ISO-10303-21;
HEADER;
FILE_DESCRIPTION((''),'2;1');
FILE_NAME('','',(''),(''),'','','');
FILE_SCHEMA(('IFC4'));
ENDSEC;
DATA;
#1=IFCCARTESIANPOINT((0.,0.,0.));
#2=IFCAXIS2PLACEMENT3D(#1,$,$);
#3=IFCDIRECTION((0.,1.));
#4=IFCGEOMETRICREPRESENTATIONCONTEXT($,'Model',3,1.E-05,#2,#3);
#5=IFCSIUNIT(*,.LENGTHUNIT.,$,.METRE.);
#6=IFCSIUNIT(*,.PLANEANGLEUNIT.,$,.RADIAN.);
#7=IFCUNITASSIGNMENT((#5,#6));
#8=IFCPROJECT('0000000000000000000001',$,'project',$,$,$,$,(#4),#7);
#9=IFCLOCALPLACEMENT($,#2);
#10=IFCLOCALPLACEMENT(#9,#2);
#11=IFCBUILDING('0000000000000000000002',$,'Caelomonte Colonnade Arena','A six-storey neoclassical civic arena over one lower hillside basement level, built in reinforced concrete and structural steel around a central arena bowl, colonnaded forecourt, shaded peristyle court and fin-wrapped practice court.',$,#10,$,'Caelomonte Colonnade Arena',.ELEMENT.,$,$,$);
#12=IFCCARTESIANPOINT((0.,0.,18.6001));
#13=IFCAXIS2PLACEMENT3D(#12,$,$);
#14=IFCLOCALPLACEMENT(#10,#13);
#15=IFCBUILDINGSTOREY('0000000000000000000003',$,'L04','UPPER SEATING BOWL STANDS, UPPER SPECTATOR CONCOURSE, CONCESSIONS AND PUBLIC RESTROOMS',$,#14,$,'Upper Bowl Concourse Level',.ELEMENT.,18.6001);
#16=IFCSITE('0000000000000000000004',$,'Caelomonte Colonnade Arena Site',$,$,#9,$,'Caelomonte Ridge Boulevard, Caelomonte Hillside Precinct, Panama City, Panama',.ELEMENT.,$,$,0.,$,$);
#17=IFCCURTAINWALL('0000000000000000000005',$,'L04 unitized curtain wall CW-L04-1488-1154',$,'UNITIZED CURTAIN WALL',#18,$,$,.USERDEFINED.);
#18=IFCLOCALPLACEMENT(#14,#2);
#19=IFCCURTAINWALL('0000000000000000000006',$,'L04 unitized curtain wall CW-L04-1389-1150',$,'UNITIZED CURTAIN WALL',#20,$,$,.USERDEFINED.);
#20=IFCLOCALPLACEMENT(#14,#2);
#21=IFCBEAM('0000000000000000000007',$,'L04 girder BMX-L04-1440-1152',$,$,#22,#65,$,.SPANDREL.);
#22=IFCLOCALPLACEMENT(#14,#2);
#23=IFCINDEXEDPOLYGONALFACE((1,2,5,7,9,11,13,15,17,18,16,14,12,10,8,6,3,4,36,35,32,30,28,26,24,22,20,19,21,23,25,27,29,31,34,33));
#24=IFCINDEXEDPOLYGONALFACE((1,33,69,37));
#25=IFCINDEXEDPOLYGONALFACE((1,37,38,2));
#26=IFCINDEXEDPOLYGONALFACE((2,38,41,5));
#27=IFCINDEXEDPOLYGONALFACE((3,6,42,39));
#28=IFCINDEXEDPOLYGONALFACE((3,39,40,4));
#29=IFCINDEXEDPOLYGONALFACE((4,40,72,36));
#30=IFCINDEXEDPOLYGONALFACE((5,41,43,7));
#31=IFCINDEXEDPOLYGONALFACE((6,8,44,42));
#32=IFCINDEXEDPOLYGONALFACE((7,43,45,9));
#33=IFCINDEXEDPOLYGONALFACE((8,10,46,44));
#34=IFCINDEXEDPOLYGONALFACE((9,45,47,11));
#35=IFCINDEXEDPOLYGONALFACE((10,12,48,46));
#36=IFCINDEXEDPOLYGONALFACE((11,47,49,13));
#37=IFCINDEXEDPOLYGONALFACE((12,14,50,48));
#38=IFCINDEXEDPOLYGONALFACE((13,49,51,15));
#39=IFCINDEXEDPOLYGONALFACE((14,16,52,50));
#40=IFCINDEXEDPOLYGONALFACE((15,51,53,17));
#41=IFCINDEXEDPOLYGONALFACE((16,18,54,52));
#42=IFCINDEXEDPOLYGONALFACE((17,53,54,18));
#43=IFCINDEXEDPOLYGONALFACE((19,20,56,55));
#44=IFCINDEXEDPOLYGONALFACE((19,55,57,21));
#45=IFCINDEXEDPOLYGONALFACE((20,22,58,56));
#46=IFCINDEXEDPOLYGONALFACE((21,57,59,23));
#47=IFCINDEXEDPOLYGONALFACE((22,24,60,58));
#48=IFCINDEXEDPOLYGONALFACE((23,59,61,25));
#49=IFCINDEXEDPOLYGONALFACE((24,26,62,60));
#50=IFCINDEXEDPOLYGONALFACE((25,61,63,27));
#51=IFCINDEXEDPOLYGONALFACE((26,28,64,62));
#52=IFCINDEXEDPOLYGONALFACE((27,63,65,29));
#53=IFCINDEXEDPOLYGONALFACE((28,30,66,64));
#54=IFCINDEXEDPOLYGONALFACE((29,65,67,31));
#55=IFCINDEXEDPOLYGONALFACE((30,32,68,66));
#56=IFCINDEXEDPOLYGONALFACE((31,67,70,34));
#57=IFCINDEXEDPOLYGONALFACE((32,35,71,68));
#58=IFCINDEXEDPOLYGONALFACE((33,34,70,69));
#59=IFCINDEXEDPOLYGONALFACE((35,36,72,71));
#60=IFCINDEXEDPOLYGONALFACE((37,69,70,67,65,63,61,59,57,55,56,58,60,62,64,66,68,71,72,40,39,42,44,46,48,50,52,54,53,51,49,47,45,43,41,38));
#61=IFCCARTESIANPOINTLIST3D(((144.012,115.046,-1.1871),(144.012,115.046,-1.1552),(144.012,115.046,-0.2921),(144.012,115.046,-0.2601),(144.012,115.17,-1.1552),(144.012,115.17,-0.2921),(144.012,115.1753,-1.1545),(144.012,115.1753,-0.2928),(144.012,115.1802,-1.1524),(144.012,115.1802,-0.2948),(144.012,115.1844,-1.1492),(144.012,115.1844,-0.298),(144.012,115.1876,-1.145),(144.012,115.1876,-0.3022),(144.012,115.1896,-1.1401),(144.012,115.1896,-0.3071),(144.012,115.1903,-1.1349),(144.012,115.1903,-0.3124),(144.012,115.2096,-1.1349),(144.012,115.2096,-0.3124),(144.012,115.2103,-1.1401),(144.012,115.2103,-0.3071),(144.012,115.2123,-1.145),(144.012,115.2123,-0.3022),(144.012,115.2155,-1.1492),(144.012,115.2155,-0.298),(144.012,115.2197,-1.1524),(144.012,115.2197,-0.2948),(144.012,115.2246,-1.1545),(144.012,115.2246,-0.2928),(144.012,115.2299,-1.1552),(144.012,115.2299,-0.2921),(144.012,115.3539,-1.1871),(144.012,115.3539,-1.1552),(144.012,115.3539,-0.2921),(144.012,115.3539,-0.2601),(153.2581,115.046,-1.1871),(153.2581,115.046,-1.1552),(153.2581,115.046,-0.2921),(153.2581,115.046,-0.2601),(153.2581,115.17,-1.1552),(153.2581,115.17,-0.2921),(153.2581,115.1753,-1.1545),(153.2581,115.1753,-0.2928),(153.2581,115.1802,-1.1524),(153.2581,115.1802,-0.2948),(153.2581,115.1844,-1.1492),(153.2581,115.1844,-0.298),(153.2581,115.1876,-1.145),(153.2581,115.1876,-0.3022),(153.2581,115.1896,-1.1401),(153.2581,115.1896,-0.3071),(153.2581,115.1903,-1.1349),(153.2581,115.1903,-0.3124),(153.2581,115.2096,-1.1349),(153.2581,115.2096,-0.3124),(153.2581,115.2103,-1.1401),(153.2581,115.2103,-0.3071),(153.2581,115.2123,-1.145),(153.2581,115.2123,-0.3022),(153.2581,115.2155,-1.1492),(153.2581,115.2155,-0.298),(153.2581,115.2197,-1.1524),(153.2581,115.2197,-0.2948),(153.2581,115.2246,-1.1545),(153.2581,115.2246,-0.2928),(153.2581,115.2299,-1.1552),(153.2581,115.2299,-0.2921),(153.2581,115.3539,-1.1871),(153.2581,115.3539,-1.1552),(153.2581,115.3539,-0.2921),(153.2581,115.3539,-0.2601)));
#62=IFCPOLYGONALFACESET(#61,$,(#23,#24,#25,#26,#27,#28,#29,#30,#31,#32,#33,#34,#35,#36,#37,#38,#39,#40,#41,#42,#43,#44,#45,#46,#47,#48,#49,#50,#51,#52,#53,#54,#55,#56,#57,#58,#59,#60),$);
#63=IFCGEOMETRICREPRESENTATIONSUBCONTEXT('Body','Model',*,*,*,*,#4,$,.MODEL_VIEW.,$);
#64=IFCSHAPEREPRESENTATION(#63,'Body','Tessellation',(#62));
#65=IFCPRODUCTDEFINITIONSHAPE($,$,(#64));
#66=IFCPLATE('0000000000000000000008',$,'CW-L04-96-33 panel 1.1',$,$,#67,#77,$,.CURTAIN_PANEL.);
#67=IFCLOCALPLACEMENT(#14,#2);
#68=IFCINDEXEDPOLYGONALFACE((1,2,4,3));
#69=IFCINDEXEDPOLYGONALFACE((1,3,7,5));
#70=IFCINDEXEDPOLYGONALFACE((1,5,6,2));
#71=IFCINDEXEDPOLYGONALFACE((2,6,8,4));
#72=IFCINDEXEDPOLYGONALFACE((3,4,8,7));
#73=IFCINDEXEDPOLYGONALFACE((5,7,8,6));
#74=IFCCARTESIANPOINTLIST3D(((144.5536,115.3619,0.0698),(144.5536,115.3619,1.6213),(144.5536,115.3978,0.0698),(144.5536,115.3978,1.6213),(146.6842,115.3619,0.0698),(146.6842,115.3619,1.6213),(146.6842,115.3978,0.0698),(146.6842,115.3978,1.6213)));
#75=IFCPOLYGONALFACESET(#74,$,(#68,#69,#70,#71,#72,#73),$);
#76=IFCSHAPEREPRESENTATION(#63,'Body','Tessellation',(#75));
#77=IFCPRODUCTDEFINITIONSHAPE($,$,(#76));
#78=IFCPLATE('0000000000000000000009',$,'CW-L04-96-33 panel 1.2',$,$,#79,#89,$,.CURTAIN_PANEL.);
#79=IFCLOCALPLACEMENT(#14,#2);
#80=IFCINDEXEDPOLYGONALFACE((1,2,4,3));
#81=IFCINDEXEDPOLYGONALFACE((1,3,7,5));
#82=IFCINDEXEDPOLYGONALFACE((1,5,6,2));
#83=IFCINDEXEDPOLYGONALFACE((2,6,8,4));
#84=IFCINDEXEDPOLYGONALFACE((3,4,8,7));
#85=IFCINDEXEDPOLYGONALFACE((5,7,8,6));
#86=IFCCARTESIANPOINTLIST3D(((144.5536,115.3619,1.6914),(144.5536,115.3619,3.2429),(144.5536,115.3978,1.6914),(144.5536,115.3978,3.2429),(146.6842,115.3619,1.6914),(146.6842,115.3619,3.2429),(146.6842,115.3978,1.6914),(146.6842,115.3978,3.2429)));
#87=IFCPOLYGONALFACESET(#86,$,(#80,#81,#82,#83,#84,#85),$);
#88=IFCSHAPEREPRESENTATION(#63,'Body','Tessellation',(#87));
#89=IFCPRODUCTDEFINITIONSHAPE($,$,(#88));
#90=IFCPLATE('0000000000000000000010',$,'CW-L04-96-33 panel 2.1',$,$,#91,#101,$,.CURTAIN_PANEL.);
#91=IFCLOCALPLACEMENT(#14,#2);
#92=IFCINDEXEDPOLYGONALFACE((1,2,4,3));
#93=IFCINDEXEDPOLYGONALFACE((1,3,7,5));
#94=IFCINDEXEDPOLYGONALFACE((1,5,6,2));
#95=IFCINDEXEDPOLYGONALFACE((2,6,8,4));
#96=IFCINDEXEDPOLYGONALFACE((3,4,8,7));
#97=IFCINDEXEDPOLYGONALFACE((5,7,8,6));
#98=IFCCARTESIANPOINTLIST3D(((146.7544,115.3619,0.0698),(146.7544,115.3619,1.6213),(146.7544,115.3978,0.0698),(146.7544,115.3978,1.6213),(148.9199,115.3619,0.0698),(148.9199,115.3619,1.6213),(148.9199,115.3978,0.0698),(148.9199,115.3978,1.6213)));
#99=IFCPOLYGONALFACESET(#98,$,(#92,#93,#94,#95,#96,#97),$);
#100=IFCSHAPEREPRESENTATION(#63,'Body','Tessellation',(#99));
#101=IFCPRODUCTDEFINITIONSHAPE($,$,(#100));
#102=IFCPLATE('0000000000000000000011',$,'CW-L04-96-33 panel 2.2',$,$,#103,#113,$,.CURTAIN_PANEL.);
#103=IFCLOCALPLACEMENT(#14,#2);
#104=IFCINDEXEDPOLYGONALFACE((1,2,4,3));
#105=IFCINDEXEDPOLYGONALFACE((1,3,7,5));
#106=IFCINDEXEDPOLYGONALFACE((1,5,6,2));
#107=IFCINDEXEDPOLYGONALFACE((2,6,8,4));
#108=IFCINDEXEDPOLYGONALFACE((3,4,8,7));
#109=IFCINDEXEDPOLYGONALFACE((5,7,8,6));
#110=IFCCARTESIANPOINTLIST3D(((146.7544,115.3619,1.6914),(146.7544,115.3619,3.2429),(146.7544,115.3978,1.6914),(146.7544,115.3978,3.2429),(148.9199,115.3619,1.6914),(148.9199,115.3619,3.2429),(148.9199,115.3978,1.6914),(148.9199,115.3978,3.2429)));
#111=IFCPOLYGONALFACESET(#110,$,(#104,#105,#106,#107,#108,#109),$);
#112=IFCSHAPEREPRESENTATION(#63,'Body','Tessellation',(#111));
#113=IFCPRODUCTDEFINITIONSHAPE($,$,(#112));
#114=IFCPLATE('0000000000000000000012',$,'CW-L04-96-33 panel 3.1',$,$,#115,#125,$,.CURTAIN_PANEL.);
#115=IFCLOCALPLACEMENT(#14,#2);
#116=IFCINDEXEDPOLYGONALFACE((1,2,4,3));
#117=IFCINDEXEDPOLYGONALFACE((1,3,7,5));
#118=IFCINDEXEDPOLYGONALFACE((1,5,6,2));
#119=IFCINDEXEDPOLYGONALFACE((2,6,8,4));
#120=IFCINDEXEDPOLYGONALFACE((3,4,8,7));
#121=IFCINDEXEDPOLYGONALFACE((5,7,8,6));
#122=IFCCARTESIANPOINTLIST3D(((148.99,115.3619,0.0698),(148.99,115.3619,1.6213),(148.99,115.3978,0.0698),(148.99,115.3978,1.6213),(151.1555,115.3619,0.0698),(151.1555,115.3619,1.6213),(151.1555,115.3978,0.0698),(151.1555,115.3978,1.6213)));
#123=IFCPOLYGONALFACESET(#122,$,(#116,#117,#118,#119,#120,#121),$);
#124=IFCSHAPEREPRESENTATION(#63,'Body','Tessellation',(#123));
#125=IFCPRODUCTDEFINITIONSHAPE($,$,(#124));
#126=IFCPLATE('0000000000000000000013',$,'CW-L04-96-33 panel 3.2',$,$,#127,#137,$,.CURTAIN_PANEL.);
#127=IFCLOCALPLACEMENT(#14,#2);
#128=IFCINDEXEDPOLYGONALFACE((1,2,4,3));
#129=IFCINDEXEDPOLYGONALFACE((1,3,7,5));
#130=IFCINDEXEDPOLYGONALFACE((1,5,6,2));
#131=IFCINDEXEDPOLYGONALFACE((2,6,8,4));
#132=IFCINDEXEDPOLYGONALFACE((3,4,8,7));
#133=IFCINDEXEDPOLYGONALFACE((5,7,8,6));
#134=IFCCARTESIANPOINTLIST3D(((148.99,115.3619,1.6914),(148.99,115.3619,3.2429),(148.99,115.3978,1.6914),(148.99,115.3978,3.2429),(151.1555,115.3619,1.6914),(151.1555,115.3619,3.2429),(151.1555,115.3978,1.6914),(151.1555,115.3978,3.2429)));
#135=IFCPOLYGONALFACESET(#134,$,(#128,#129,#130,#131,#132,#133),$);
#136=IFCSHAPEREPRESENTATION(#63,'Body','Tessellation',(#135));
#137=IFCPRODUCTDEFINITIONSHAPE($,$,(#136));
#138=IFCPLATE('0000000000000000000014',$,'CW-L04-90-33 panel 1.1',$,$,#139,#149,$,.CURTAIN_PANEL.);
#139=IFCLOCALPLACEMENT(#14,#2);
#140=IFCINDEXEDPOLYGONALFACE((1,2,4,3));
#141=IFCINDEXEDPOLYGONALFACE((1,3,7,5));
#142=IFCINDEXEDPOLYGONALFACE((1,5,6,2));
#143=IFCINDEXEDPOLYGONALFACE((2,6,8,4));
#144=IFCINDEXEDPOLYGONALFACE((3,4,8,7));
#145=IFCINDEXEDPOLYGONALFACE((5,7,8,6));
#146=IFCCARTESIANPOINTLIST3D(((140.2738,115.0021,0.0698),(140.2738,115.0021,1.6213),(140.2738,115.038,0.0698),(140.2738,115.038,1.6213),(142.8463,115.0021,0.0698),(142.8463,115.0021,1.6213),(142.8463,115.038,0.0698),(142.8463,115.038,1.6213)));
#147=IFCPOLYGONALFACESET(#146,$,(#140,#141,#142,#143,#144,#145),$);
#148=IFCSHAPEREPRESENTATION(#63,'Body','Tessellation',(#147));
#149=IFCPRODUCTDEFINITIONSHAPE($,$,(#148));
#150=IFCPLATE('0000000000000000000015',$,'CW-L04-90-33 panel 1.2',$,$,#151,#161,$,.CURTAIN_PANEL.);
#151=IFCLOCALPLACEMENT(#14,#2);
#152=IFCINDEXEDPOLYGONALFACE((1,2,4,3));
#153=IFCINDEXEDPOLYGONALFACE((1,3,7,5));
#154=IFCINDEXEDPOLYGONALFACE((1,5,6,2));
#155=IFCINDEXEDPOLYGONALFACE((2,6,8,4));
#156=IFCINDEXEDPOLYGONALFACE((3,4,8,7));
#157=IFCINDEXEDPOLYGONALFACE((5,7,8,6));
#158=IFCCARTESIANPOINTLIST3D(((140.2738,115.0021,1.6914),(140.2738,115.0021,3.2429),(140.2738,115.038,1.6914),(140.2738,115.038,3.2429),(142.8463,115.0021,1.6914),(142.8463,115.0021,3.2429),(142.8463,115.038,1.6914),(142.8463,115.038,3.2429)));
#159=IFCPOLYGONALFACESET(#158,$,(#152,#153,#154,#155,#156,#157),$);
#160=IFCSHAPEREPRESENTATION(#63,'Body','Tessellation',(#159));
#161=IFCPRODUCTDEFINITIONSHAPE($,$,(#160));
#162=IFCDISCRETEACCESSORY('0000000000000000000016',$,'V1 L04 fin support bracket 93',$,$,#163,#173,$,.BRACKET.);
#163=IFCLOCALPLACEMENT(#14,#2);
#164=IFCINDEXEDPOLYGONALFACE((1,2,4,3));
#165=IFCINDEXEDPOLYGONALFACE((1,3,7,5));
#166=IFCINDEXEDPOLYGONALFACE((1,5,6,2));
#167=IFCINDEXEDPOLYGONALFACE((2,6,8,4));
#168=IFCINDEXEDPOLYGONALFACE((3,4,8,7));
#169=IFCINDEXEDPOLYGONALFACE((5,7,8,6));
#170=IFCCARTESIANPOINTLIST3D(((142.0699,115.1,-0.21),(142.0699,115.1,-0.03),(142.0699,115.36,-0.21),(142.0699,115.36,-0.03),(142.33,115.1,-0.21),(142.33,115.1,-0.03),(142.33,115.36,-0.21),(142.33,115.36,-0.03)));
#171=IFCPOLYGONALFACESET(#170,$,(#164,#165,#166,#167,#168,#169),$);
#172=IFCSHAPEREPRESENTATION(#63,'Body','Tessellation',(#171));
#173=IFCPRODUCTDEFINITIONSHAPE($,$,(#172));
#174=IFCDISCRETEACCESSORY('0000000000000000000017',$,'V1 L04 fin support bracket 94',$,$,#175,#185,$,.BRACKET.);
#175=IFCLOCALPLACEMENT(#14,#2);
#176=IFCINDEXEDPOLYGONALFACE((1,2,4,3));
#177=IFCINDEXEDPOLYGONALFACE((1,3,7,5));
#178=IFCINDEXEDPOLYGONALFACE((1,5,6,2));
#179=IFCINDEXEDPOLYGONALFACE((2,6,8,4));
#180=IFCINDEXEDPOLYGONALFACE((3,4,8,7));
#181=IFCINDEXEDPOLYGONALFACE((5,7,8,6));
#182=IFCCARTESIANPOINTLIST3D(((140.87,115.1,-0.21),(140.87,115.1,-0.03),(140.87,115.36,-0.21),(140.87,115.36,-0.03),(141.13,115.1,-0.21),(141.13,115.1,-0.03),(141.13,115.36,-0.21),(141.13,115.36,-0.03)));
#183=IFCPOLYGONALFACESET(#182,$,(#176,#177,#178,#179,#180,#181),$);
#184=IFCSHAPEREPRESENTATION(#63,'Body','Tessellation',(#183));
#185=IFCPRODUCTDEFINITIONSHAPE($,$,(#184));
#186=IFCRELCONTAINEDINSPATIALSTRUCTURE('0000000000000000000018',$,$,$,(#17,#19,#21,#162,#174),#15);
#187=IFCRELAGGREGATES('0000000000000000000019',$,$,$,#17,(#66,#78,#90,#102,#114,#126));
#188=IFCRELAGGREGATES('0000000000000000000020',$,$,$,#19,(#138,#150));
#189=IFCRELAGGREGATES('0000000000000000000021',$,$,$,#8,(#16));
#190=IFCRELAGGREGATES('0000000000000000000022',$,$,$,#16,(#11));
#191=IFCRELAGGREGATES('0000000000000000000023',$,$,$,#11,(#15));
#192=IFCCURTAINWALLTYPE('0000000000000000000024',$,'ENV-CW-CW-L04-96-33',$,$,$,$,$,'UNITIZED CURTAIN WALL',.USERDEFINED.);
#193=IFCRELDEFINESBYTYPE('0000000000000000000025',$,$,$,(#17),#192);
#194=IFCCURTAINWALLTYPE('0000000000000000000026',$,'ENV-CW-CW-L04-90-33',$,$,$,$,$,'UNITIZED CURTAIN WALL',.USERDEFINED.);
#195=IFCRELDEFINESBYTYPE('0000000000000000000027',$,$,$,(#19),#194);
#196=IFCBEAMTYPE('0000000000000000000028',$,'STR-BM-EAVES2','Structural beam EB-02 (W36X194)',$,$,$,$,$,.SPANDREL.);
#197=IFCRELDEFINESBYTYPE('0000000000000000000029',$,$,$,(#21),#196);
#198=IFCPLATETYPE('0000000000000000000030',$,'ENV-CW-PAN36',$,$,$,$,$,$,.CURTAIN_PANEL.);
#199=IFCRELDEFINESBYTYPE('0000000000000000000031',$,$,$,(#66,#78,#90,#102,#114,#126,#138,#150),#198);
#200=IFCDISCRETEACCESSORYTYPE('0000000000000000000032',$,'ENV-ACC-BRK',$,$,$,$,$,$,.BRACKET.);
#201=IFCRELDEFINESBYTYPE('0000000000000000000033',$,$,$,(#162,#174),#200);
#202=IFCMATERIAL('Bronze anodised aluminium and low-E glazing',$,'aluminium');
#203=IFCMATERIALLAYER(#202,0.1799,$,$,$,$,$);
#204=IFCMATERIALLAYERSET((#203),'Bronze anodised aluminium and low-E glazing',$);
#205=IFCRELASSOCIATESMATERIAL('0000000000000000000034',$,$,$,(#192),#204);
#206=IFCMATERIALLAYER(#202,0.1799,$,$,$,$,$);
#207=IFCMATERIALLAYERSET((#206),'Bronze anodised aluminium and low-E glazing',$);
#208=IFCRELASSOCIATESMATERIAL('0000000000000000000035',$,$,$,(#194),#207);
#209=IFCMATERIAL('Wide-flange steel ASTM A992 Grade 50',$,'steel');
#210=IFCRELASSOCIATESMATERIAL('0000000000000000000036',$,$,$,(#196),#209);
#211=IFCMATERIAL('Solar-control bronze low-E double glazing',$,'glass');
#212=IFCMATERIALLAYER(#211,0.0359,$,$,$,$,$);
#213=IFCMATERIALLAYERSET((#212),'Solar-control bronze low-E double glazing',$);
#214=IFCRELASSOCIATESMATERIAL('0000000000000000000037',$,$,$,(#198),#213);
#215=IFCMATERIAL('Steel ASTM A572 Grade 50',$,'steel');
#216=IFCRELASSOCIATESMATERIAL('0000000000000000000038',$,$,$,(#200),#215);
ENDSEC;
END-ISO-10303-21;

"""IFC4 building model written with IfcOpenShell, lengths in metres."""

from ifc_helpers import new_model, si_unit, direction, frame, origin, origin_2d, place, context, subcontext, project, spatial, rectangle, i_section, extrude, material, layer, layer_set, material_profile, profile_set, type_object, element, aggregate, save


model = new_model("IFC4")

# Units and contexts
model_context = context("Model", 3, precision=1e-05, world=origin(), true_north=direction((0.0, 1.0)))
body_context = subcontext(model_context, "Body", "Model", "MODEL_VIEW")
ifc_project = project(units=[si_unit("LENGTHUNIT", "METRE"), si_unit("PLANEANGLEUNIT", "RADIAN")], contexts=[model_context])

# Site, building, storey
site_placement = place(None, origin())
site = spatial("IfcSite", under=ifc_project, at=site_placement, Name="Caelomonte Colonnade Arena Site", LongName="Caelomonte Ridge Boulevard, Caelomonte Hillside Precinct, Panama City, Panama", CompositionType="ELEMENT", RefElevation=0.0)
building_placement = place(site_placement, origin())
building = spatial("IfcBuilding", under=site, at=building_placement, Name="Caelomonte Colonnade Arena", Description="A six-storey neoclassical civic arena over one lower hillside basement level, built in reinforced concrete and structural steel around a central arena bowl, colonnaded forecourt, shaded peristyle court and fin-wrapped practice court.", LongName="Caelomonte Colonnade Arena", CompositionType="ELEMENT")
storey_placement = place(building_placement, frame((0.0, 0.0, 18.6001)))
storey = spatial("IfcBuildingStorey", under=building, at=storey_placement, Name="L04", Description="UPPER SEATING BOWL STANDS, UPPER SPECTATOR CONCOURSE, CONCESSIONS AND PUBLIC RESTROOMS", LongName="Upper Bowl Concourse Level", CompositionType="ELEMENT", Elevation=18.6001)

# Shared definitions
ifc_material_1 = material(Name="Wide-flange steel ASTM A992 Grade 50", Category="steel")

# Curtain walls
ifc_material_2 = material(Name="Bronze anodised aluminium and low-E glazing", Category="aluminium")
ifc_layer_1 = layer(ifc_material_2, 0.1799)
ifc_layer_set_1 = layer_set([ifc_layer_1], Name="Bronze anodised aluminium and low-E glazing")
curtain_wall_type_1 = type_object("IfcCurtainWallType", Name="ENV-CW-CW-L04-96-33", ElementType="UNITIZED CURTAIN WALL", PredefinedType="USERDEFINED", material=ifc_layer_set_1)
curtain_wall_1_placement = place(storey_placement, origin())
curtain_wall_1 = element("IfcCurtainWall", 1, at=curtain_wall_1_placement, inside=storey, type_object=curtain_wall_type_1, Name="L04 unitized curtain wall CW-L04-1488-1154", ObjectType="UNITIZED CURTAIN WALL", PredefinedType="USERDEFINED")
ifc_layer_2 = layer(ifc_material_2, 0.1799)
ifc_layer_set_2 = layer_set([ifc_layer_2], Name="Bronze anodised aluminium and low-E glazing")
curtain_wall_type_2 = type_object("IfcCurtainWallType", Name="ENV-CW-CW-L04-90-33", ElementType="UNITIZED CURTAIN WALL", PredefinedType="USERDEFINED", material=ifc_layer_set_2)
curtain_wall_2_placement = place(storey_placement, origin())
curtain_wall_2 = element("IfcCurtainWall", 2, at=curtain_wall_2_placement, inside=storey, type_object=curtain_wall_type_2, Name="L04 unitized curtain wall CW-L04-1389-1150", ObjectType="UNITIZED CURTAIN WALL", PredefinedType="USERDEFINED")

# Beam
ifc_material_profile_1 = material_profile(ifc_material_1, i_section(OverallWidth=0.3079, OverallDepth=0.927, WebThickness=0.0193, FlangeThickness=0.032, FilletRadius=0.0203, at=origin_2d()), Name="W36X194")
ifc_profile_set_1 = profile_set([ifc_material_profile_1], Name="Wide-flange steel ASTM A992 Grade 50")
beam_type = type_object("IfcBeamType", Name="STR-BM-EAVES2", Description="Structural beam EB-02 (W36X194)", PredefinedType="SPANDREL", material=ifc_profile_set_1)
beam_placement = place(storey_placement, frame((144.012, 115.2, -0.7236), z_axis=(1.0, 0.0, 0.0), x_axis=(0.0, 1.0, 0.0)))
element("IfcBeam", 3, at=beam_placement, inside=storey, type_object=beam_type, Name="L04 girder BMX-L04-1440-1152", PredefinedType="SPANDREL", context=body_context, shape_type="SweptSolid", body=[
    extrude(i_section(OverallWidth=0.3079, OverallDepth=0.927, WebThickness=0.0193, FlangeThickness=0.032, FilletRadius=0.0203, at=origin_2d()), origin(), (0.0, 0.0, 1.0), 9.2461),
])

# Plates
ifc_material_3 = material(Name="Solar-control bronze low-E double glazing", Category="glass")
ifc_layer_3 = layer(ifc_material_3, 0.0359)
ifc_layer_set_3 = layer_set([ifc_layer_3], Name="Solar-control bronze low-E double glazing")
plate_type = type_object("IfcPlateType", Name="ENV-CW-PAN36", PredefinedType="CURTAIN_PANEL", material=ifc_layer_set_3)
plate_1_placement = place(storey_placement, frame((145.6189, 115.3799, 0.0698), z_axis=(0.0, 0.0, 1.0), x_axis=(1.0, 0.0, 0.0)))
plate_1 = element("IfcPlate", 4, at=plate_1_placement, type_object=plate_type, Name="CW-L04-96-33 panel 1.1", PredefinedType="CURTAIN_PANEL", context=body_context, shape_type="SweptSolid", body=[
    extrude(rectangle(XDim=2.1306, YDim=0.0359, at=origin_2d()), origin(), (0.0, 0.0, 1.0), 1.5515),
])
plate_2_placement = place(storey_placement, frame((145.6189, 115.3799, 1.6914), z_axis=(0.0, 0.0, 1.0), x_axis=(1.0, 0.0, 0.0)))
plate_2 = element("IfcPlate", 5, at=plate_2_placement, type_object=plate_type, Name="CW-L04-96-33 panel 1.2", PredefinedType="CURTAIN_PANEL", context=body_context, shape_type="SweptSolid", body=[
    extrude(rectangle(XDim=2.1306, YDim=0.0359, at=origin_2d()), origin(), (0.0, 0.0, 1.0), 1.5515),
])
plate_3_placement = place(storey_placement, frame((147.8372, 115.3799, 0.0698), z_axis=(0.0, 0.0, 1.0), x_axis=(1.0, 0.0, 0.0)))
plate_3 = element("IfcPlate", 6, at=plate_3_placement, type_object=plate_type, Name="CW-L04-96-33 panel 2.1", PredefinedType="CURTAIN_PANEL", context=body_context, shape_type="SweptSolid", body=[
    extrude(rectangle(XDim=2.1655, YDim=0.0359, at=origin_2d()), origin(), (0.0, 0.0, 1.0), 1.5515),
])
plate_4_placement = place(storey_placement, frame((147.8372, 115.3799, 1.6914), z_axis=(0.0, 0.0, 1.0), x_axis=(1.0, 0.0, 0.0)))
plate_4 = element("IfcPlate", 7, at=plate_4_placement, type_object=plate_type, Name="CW-L04-96-33 panel 2.2", PredefinedType="CURTAIN_PANEL", context=body_context, shape_type="SweptSolid", body=[
    extrude(rectangle(XDim=2.1655, YDim=0.0359, at=origin_2d()), origin(), (0.0, 0.0, 1.0), 1.5515),
])
plate_5_placement = place(storey_placement, frame((150.0728, 115.3799, 0.0698), z_axis=(0.0, 0.0, 1.0), x_axis=(1.0, 0.0, 0.0)))
plate_5 = element("IfcPlate", 8, at=plate_5_placement, type_object=plate_type, Name="CW-L04-96-33 panel 3.1", PredefinedType="CURTAIN_PANEL", context=body_context, shape_type="SweptSolid", body=[
    extrude(rectangle(XDim=2.1655, YDim=0.0359, at=origin_2d()), origin(), (0.0, 0.0, 1.0), 1.5515),
])
plate_6_placement = place(storey_placement, frame((150.0728, 115.3799, 1.6914), z_axis=(0.0, 0.0, 1.0), x_axis=(1.0, 0.0, 0.0)))
plate_6 = element("IfcPlate", 9, at=plate_6_placement, type_object=plate_type, Name="CW-L04-96-33 panel 3.2", PredefinedType="CURTAIN_PANEL", context=body_context, shape_type="SweptSolid", body=[
    extrude(rectangle(XDim=2.1655, YDim=0.0359, at=origin_2d()), origin(), (0.0, 0.0, 1.0), 1.5515),
])
aggregate(curtain_wall_1, [plate_1, plate_2, plate_3, plate_4, plate_5, plate_6])
plate_7_placement = place(storey_placement, frame((141.5601, 115.02, 0.0698), z_axis=(0.0, 0.0, 1.0), x_axis=(-1.0, 0.0, 0.0)))
plate_7 = element("IfcPlate", 10, at=plate_7_placement, type_object=plate_type, Name="CW-L04-90-33 panel 1.1", PredefinedType="CURTAIN_PANEL", context=body_context, shape_type="SweptSolid", body=[
    extrude(rectangle(XDim=2.5725, YDim=0.0359, at=origin_2d()), origin(), (0.0, 0.0, 1.0), 1.5515),
])
plate_8_placement = place(storey_placement, frame((141.5601, 115.02, 1.6914), z_axis=(0.0, 0.0, 1.0), x_axis=(-1.0, 0.0, 0.0)))
plate_8 = element("IfcPlate", 11, at=plate_8_placement, type_object=plate_type, Name="CW-L04-90-33 panel 1.2", PredefinedType="CURTAIN_PANEL", context=body_context, shape_type="SweptSolid", body=[
    extrude(rectangle(XDim=2.5725, YDim=0.0359, at=origin_2d()), origin(), (0.0, 0.0, 1.0), 1.5515),
])
aggregate(curtain_wall_2, [plate_7, plate_8])

# Discrete accessories
ifc_material_4 = material(Name="Steel ASTM A572 Grade 50", Category="steel")
discrete_accessory_type = type_object("IfcDiscreteAccessoryType", Name="ENV-ACC-BRK", PredefinedType="BRACKET", material=ifc_material_4)
for number, where, z_axis, x_axis, name in (
    (12, (142.2, 115.23, -0.21), (0.0, 0.0, 1.0), (-1.0, 0.0, 0.0), "V1 L04 fin support bracket 93"),
    (13, (141.0, 115.23, -0.21), (0.0, 0.0, 1.0), (-1.0, 0.0, 0.0), "V1 L04 fin support bracket 94"),
):
    element("IfcDiscreteAccessory", number, at=place(storey_placement, frame(where, z_axis=z_axis, x_axis=x_axis)), inside=storey, type_object=discrete_accessory_type, Name=name, PredefinedType="BRACKET", context=body_context, shape_type="SweptSolid", body=[
        extrude(rectangle(XDim=0.26, YDim=0.26, at=origin_2d()), origin(), (0.0, 0.0, 1.0), 0.1799),
    ])

save(model, "model.ifc")
